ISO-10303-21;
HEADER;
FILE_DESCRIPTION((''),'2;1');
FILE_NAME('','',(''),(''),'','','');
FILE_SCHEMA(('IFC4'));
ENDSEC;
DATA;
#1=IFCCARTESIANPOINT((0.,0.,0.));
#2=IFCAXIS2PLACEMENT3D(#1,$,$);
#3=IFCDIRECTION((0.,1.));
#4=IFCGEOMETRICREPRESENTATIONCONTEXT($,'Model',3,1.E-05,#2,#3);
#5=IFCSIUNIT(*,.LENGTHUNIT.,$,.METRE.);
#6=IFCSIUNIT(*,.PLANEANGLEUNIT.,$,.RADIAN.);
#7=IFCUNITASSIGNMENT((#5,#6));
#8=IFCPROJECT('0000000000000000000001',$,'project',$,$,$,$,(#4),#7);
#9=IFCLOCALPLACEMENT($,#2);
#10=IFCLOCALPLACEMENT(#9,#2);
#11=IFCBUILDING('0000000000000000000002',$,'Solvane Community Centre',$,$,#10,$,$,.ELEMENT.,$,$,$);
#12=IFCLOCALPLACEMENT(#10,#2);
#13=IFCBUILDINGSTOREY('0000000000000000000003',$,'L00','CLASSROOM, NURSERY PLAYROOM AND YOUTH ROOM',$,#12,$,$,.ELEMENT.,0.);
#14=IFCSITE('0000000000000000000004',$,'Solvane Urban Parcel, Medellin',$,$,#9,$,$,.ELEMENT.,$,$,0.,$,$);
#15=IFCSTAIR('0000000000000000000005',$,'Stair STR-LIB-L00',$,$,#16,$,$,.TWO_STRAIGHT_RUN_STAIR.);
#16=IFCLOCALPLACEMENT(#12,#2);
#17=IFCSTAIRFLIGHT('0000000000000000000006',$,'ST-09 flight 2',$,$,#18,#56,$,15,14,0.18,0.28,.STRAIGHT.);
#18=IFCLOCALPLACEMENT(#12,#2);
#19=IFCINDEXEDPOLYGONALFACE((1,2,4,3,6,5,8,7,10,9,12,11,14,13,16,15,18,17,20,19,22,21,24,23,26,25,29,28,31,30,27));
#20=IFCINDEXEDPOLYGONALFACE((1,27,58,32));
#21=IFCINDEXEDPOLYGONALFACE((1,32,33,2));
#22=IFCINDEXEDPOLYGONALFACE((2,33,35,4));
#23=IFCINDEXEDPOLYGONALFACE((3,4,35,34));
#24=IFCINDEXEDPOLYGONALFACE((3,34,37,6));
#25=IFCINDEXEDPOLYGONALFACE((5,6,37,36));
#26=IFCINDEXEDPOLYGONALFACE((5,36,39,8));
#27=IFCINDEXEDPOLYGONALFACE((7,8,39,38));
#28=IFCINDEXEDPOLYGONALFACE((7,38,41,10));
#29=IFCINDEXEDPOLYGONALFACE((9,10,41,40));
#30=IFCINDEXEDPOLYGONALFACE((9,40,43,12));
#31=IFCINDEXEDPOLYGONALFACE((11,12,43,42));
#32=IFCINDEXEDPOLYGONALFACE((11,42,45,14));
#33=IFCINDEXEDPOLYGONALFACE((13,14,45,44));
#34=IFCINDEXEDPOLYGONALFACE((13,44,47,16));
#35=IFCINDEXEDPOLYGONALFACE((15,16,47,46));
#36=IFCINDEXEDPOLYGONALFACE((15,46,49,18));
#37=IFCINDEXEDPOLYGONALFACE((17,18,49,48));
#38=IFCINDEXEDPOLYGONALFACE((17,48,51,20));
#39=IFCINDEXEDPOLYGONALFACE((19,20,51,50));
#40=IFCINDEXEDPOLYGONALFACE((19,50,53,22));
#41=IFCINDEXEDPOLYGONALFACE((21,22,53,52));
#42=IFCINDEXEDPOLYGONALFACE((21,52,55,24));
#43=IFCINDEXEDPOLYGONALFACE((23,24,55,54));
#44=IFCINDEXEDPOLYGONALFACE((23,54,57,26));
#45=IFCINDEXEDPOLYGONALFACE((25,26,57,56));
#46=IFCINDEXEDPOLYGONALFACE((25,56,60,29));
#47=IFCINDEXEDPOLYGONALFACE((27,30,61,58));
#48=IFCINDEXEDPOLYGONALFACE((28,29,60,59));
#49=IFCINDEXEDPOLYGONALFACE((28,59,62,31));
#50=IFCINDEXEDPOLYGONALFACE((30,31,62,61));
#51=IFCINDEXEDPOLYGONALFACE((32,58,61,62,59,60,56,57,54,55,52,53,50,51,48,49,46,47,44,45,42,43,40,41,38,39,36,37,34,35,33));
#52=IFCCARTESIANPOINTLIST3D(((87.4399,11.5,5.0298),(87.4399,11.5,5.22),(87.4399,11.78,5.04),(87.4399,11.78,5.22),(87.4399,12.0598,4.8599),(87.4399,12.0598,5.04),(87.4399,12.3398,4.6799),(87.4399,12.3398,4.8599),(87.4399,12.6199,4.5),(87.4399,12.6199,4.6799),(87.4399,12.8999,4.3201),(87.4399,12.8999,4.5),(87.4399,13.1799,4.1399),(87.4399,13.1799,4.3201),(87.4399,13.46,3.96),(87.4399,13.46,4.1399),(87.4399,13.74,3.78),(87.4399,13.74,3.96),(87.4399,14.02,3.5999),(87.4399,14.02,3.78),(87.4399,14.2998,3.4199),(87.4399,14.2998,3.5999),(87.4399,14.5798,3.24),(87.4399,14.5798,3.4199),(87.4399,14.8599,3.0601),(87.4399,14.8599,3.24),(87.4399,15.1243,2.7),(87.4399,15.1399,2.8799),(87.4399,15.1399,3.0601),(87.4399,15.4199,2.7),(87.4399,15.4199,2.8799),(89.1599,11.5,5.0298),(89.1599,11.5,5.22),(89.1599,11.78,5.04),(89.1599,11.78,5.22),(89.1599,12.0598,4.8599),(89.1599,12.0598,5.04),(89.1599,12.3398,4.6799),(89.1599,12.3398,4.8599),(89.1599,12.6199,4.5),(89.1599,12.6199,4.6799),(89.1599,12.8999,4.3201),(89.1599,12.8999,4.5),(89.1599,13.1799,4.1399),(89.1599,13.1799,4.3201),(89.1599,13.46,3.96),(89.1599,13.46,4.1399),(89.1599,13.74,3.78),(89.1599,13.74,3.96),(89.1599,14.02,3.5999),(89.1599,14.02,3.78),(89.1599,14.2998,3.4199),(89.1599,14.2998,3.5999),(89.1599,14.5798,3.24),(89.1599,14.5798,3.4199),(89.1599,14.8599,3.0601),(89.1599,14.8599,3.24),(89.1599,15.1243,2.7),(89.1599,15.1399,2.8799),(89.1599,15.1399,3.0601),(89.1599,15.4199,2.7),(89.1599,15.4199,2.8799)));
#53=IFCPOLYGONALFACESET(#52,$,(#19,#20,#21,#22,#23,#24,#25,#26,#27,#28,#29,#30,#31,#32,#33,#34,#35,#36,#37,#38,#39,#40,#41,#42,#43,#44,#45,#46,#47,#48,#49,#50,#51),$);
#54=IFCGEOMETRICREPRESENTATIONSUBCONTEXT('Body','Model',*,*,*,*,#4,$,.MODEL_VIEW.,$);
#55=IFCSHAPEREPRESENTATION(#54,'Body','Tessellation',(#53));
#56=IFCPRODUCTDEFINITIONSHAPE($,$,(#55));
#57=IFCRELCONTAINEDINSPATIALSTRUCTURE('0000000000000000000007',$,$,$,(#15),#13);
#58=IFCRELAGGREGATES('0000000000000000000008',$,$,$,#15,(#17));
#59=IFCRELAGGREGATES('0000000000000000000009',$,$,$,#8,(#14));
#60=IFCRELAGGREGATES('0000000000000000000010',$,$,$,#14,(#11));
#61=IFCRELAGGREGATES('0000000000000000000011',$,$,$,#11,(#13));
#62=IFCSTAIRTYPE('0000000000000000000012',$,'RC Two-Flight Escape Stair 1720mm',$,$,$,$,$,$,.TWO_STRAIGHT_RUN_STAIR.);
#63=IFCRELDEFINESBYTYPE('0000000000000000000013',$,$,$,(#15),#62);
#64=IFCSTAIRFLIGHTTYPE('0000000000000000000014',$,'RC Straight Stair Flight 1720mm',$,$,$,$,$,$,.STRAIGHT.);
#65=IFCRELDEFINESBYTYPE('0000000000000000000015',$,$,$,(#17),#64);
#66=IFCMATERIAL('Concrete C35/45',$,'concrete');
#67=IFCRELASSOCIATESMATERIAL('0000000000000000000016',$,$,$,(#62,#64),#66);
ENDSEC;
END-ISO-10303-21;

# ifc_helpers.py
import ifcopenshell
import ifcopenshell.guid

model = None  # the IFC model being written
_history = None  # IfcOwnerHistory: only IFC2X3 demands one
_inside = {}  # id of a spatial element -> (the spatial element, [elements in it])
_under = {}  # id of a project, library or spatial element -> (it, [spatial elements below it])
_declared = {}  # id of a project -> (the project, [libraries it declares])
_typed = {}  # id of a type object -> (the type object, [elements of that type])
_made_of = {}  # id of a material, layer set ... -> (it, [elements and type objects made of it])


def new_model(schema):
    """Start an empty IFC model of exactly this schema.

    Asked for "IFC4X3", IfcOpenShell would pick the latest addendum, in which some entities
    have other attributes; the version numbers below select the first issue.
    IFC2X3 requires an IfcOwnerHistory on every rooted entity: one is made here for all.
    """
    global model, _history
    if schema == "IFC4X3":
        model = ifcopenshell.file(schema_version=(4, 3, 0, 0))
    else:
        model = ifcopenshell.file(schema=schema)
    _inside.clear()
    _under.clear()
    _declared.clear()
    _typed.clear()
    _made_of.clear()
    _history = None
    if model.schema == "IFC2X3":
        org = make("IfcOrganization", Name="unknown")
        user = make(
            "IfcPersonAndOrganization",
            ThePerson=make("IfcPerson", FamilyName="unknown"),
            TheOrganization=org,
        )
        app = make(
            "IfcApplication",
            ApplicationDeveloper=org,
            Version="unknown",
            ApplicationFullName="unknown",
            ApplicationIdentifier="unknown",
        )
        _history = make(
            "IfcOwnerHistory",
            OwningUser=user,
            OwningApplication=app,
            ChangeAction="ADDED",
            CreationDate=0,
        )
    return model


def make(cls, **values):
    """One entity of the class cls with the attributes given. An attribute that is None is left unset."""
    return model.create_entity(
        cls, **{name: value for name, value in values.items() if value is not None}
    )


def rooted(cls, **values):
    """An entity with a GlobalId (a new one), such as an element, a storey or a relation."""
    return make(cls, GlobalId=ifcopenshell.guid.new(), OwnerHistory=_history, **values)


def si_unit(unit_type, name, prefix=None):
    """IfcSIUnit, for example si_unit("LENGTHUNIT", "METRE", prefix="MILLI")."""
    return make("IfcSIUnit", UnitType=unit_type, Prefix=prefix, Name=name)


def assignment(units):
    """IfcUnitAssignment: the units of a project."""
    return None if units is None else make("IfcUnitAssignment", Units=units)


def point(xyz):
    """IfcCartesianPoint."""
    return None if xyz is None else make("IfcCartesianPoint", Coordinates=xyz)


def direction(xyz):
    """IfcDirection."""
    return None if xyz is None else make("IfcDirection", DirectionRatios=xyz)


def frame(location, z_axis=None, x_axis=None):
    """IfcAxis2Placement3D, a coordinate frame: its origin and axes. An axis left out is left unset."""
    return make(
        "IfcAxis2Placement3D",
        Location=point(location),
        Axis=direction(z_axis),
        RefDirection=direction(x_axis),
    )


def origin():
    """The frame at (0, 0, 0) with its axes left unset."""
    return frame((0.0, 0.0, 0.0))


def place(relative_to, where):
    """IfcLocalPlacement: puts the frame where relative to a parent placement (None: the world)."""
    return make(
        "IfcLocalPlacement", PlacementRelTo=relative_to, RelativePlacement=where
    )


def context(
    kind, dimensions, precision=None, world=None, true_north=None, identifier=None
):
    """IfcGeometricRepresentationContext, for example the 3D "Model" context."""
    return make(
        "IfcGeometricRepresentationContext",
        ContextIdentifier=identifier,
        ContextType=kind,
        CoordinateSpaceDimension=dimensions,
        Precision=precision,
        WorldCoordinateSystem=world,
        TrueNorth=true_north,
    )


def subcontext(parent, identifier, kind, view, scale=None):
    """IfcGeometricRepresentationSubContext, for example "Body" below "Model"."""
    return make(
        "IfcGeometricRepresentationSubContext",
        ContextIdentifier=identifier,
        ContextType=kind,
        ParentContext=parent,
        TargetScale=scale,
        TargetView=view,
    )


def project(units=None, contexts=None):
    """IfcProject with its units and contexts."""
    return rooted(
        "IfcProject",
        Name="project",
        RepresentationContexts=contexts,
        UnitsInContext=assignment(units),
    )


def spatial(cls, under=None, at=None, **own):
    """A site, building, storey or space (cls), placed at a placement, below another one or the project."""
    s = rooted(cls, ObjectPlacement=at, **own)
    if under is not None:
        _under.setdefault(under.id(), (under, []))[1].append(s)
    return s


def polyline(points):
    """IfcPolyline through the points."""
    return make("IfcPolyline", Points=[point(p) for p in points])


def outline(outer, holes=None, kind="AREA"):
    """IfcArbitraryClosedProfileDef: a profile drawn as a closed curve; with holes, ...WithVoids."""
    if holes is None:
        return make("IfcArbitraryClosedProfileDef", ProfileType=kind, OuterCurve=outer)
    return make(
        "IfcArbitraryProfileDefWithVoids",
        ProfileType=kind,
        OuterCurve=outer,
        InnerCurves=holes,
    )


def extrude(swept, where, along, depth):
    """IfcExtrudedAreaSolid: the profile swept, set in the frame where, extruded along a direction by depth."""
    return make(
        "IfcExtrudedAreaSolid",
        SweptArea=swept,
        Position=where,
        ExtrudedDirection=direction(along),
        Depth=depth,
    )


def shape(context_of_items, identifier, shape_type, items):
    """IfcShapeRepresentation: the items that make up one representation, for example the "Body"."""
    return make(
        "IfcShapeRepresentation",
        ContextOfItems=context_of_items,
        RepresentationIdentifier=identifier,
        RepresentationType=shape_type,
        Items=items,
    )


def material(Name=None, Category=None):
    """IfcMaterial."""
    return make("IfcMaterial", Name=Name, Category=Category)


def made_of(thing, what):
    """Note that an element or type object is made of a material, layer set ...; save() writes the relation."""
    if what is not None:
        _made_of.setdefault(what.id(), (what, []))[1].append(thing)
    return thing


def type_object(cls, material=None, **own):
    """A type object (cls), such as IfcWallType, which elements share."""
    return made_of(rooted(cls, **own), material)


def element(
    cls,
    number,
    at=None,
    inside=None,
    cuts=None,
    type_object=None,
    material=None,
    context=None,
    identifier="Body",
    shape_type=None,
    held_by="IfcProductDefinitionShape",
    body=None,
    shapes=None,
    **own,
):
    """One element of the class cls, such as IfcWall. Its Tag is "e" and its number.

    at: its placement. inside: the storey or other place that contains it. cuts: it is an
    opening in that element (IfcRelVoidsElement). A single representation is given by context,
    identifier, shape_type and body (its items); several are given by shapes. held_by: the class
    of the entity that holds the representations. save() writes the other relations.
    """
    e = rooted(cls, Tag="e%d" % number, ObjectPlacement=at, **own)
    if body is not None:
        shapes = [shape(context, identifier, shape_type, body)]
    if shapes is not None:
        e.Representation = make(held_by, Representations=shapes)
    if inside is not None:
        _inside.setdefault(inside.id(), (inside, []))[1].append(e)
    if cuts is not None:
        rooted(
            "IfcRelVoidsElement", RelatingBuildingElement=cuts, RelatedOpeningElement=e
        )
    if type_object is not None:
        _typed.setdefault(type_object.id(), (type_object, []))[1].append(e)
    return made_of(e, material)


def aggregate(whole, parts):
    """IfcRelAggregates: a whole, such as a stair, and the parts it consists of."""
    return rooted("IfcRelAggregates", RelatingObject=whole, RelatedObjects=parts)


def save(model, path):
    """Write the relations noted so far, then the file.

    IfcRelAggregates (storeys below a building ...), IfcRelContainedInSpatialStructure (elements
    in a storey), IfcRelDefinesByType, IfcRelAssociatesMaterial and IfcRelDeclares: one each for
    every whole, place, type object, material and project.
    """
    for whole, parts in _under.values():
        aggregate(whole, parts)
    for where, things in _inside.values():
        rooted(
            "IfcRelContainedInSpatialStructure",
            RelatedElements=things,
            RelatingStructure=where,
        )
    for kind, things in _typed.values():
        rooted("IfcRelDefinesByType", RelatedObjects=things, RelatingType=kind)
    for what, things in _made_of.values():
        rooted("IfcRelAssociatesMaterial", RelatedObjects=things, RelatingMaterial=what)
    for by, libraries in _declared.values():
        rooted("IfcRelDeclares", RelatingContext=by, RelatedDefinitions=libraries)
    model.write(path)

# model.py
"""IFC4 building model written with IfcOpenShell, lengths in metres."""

from ifc_helpers import new_model, si_unit, direction, frame, origin, place, context, subcontext, project, spatial, polyline, outline, extrude, material, type_object, element, aggregate, save


model = new_model("IFC4")

# Units and contexts
model_context = context("Model", 3, precision=1e-05, world=origin(), true_north=direction((0.0, 1.0)))
body_context = subcontext(model_context, "Body", "Model", "MODEL_VIEW")
ifc_project = project(units=[si_unit("LENGTHUNIT", "METRE"), si_unit("PLANEANGLEUNIT", "RADIAN")], contexts=[model_context])

# Site, building, storey
site_placement = place(None, origin())
site = spatial("IfcSite", under=ifc_project, at=site_placement, Name="Solvane Urban Parcel, Medellin", CompositionType="ELEMENT", RefElevation=0.0)
building_placement = place(site_placement, origin())
building = spatial("IfcBuilding", under=site, at=building_placement, Name="Solvane Community Centre", CompositionType="ELEMENT")
storey_placement = place(building_placement, origin())
storey = spatial("IfcBuildingStorey", under=building, at=storey_placement, Name="L00", Description="CLASSROOM, NURSERY PLAYROOM AND YOUTH ROOM", CompositionType="ELEMENT", Elevation=0.0)

# Shared definitions
ifc_material_1 = material(Name="Concrete C35/45", Category="concrete")

# Stair, stair flight
stair_type = type_object("IfcStairType", Name="RC Two-Flight Escape Stair 1720mm", PredefinedType="TWO_STRAIGHT_RUN_STAIR", material=ifc_material_1)
stair_placement = place(storey_placement, origin())
stair = element("IfcStair", 1, at=stair_placement, inside=storey, type_object=stair_type, Name="Stair STR-LIB-L00", PredefinedType="TWO_STRAIGHT_RUN_STAIR")
stair_flight_type = type_object("IfcStairFlightType", Name="RC Straight Stair Flight 1720mm", PredefinedType="STRAIGHT", material=ifc_material_1)
stair_flight_placement = place(storey_placement, frame((88.3, 15.4199, 2.7), z_axis=(0.0, 0.0, 1.0), x_axis=(0.0, -1.0, 0.0)))
stair_flight = element("IfcStairFlight", 2, at=stair_flight_placement, type_object=stair_flight_type, Name="ST-09 flight 2", NumberOfRisers=15, NumberOfTreads=14, PredefinedType="STRAIGHT", RiserHeight=0.18, TreadLength=0.28, context=body_context, shape_type="SweptSolid", body=[
    extrude(outline(polyline([(0.0, 0.0), (0.0, 0.1799), (0.28, 0.1799), (0.28, 0.3601), (0.5601, 0.3601), (0.5601, 0.54), (0.8401, 0.54), (0.8401, 0.72), (1.1201, 0.72), (1.1201, 0.8999), (1.3999, 0.8999), (1.3999, 1.0801), (1.6799, 1.0801), (1.6799, 1.26), (1.96, 1.26), (1.96, 1.4399), (2.24, 1.4399), (2.24, 1.6201), (2.52, 1.6201), (2.52, 1.8), (2.8, 1.8), (2.8, 1.98), (3.0801, 1.98), (3.0801, 2.1599), (3.3601, 2.1599), (3.3601, 2.3401), (3.6399, 2.3401), (3.6399, 2.52), (3.9199, 2.52), (3.9199, 2.7), (3.9199, 2.3298), (0.2957, 0.0), (0.0, 0.0)])), frame((0.0, 0.8599, 0.0), z_axis=(0.0, -1.0, 0.0), x_axis=(1.0, 0.0, 0.0)), (0.0, 0.0, 1.0), 1.72),
])
aggregate(stair, [stair_flight])

save(model, "model.ifc")
